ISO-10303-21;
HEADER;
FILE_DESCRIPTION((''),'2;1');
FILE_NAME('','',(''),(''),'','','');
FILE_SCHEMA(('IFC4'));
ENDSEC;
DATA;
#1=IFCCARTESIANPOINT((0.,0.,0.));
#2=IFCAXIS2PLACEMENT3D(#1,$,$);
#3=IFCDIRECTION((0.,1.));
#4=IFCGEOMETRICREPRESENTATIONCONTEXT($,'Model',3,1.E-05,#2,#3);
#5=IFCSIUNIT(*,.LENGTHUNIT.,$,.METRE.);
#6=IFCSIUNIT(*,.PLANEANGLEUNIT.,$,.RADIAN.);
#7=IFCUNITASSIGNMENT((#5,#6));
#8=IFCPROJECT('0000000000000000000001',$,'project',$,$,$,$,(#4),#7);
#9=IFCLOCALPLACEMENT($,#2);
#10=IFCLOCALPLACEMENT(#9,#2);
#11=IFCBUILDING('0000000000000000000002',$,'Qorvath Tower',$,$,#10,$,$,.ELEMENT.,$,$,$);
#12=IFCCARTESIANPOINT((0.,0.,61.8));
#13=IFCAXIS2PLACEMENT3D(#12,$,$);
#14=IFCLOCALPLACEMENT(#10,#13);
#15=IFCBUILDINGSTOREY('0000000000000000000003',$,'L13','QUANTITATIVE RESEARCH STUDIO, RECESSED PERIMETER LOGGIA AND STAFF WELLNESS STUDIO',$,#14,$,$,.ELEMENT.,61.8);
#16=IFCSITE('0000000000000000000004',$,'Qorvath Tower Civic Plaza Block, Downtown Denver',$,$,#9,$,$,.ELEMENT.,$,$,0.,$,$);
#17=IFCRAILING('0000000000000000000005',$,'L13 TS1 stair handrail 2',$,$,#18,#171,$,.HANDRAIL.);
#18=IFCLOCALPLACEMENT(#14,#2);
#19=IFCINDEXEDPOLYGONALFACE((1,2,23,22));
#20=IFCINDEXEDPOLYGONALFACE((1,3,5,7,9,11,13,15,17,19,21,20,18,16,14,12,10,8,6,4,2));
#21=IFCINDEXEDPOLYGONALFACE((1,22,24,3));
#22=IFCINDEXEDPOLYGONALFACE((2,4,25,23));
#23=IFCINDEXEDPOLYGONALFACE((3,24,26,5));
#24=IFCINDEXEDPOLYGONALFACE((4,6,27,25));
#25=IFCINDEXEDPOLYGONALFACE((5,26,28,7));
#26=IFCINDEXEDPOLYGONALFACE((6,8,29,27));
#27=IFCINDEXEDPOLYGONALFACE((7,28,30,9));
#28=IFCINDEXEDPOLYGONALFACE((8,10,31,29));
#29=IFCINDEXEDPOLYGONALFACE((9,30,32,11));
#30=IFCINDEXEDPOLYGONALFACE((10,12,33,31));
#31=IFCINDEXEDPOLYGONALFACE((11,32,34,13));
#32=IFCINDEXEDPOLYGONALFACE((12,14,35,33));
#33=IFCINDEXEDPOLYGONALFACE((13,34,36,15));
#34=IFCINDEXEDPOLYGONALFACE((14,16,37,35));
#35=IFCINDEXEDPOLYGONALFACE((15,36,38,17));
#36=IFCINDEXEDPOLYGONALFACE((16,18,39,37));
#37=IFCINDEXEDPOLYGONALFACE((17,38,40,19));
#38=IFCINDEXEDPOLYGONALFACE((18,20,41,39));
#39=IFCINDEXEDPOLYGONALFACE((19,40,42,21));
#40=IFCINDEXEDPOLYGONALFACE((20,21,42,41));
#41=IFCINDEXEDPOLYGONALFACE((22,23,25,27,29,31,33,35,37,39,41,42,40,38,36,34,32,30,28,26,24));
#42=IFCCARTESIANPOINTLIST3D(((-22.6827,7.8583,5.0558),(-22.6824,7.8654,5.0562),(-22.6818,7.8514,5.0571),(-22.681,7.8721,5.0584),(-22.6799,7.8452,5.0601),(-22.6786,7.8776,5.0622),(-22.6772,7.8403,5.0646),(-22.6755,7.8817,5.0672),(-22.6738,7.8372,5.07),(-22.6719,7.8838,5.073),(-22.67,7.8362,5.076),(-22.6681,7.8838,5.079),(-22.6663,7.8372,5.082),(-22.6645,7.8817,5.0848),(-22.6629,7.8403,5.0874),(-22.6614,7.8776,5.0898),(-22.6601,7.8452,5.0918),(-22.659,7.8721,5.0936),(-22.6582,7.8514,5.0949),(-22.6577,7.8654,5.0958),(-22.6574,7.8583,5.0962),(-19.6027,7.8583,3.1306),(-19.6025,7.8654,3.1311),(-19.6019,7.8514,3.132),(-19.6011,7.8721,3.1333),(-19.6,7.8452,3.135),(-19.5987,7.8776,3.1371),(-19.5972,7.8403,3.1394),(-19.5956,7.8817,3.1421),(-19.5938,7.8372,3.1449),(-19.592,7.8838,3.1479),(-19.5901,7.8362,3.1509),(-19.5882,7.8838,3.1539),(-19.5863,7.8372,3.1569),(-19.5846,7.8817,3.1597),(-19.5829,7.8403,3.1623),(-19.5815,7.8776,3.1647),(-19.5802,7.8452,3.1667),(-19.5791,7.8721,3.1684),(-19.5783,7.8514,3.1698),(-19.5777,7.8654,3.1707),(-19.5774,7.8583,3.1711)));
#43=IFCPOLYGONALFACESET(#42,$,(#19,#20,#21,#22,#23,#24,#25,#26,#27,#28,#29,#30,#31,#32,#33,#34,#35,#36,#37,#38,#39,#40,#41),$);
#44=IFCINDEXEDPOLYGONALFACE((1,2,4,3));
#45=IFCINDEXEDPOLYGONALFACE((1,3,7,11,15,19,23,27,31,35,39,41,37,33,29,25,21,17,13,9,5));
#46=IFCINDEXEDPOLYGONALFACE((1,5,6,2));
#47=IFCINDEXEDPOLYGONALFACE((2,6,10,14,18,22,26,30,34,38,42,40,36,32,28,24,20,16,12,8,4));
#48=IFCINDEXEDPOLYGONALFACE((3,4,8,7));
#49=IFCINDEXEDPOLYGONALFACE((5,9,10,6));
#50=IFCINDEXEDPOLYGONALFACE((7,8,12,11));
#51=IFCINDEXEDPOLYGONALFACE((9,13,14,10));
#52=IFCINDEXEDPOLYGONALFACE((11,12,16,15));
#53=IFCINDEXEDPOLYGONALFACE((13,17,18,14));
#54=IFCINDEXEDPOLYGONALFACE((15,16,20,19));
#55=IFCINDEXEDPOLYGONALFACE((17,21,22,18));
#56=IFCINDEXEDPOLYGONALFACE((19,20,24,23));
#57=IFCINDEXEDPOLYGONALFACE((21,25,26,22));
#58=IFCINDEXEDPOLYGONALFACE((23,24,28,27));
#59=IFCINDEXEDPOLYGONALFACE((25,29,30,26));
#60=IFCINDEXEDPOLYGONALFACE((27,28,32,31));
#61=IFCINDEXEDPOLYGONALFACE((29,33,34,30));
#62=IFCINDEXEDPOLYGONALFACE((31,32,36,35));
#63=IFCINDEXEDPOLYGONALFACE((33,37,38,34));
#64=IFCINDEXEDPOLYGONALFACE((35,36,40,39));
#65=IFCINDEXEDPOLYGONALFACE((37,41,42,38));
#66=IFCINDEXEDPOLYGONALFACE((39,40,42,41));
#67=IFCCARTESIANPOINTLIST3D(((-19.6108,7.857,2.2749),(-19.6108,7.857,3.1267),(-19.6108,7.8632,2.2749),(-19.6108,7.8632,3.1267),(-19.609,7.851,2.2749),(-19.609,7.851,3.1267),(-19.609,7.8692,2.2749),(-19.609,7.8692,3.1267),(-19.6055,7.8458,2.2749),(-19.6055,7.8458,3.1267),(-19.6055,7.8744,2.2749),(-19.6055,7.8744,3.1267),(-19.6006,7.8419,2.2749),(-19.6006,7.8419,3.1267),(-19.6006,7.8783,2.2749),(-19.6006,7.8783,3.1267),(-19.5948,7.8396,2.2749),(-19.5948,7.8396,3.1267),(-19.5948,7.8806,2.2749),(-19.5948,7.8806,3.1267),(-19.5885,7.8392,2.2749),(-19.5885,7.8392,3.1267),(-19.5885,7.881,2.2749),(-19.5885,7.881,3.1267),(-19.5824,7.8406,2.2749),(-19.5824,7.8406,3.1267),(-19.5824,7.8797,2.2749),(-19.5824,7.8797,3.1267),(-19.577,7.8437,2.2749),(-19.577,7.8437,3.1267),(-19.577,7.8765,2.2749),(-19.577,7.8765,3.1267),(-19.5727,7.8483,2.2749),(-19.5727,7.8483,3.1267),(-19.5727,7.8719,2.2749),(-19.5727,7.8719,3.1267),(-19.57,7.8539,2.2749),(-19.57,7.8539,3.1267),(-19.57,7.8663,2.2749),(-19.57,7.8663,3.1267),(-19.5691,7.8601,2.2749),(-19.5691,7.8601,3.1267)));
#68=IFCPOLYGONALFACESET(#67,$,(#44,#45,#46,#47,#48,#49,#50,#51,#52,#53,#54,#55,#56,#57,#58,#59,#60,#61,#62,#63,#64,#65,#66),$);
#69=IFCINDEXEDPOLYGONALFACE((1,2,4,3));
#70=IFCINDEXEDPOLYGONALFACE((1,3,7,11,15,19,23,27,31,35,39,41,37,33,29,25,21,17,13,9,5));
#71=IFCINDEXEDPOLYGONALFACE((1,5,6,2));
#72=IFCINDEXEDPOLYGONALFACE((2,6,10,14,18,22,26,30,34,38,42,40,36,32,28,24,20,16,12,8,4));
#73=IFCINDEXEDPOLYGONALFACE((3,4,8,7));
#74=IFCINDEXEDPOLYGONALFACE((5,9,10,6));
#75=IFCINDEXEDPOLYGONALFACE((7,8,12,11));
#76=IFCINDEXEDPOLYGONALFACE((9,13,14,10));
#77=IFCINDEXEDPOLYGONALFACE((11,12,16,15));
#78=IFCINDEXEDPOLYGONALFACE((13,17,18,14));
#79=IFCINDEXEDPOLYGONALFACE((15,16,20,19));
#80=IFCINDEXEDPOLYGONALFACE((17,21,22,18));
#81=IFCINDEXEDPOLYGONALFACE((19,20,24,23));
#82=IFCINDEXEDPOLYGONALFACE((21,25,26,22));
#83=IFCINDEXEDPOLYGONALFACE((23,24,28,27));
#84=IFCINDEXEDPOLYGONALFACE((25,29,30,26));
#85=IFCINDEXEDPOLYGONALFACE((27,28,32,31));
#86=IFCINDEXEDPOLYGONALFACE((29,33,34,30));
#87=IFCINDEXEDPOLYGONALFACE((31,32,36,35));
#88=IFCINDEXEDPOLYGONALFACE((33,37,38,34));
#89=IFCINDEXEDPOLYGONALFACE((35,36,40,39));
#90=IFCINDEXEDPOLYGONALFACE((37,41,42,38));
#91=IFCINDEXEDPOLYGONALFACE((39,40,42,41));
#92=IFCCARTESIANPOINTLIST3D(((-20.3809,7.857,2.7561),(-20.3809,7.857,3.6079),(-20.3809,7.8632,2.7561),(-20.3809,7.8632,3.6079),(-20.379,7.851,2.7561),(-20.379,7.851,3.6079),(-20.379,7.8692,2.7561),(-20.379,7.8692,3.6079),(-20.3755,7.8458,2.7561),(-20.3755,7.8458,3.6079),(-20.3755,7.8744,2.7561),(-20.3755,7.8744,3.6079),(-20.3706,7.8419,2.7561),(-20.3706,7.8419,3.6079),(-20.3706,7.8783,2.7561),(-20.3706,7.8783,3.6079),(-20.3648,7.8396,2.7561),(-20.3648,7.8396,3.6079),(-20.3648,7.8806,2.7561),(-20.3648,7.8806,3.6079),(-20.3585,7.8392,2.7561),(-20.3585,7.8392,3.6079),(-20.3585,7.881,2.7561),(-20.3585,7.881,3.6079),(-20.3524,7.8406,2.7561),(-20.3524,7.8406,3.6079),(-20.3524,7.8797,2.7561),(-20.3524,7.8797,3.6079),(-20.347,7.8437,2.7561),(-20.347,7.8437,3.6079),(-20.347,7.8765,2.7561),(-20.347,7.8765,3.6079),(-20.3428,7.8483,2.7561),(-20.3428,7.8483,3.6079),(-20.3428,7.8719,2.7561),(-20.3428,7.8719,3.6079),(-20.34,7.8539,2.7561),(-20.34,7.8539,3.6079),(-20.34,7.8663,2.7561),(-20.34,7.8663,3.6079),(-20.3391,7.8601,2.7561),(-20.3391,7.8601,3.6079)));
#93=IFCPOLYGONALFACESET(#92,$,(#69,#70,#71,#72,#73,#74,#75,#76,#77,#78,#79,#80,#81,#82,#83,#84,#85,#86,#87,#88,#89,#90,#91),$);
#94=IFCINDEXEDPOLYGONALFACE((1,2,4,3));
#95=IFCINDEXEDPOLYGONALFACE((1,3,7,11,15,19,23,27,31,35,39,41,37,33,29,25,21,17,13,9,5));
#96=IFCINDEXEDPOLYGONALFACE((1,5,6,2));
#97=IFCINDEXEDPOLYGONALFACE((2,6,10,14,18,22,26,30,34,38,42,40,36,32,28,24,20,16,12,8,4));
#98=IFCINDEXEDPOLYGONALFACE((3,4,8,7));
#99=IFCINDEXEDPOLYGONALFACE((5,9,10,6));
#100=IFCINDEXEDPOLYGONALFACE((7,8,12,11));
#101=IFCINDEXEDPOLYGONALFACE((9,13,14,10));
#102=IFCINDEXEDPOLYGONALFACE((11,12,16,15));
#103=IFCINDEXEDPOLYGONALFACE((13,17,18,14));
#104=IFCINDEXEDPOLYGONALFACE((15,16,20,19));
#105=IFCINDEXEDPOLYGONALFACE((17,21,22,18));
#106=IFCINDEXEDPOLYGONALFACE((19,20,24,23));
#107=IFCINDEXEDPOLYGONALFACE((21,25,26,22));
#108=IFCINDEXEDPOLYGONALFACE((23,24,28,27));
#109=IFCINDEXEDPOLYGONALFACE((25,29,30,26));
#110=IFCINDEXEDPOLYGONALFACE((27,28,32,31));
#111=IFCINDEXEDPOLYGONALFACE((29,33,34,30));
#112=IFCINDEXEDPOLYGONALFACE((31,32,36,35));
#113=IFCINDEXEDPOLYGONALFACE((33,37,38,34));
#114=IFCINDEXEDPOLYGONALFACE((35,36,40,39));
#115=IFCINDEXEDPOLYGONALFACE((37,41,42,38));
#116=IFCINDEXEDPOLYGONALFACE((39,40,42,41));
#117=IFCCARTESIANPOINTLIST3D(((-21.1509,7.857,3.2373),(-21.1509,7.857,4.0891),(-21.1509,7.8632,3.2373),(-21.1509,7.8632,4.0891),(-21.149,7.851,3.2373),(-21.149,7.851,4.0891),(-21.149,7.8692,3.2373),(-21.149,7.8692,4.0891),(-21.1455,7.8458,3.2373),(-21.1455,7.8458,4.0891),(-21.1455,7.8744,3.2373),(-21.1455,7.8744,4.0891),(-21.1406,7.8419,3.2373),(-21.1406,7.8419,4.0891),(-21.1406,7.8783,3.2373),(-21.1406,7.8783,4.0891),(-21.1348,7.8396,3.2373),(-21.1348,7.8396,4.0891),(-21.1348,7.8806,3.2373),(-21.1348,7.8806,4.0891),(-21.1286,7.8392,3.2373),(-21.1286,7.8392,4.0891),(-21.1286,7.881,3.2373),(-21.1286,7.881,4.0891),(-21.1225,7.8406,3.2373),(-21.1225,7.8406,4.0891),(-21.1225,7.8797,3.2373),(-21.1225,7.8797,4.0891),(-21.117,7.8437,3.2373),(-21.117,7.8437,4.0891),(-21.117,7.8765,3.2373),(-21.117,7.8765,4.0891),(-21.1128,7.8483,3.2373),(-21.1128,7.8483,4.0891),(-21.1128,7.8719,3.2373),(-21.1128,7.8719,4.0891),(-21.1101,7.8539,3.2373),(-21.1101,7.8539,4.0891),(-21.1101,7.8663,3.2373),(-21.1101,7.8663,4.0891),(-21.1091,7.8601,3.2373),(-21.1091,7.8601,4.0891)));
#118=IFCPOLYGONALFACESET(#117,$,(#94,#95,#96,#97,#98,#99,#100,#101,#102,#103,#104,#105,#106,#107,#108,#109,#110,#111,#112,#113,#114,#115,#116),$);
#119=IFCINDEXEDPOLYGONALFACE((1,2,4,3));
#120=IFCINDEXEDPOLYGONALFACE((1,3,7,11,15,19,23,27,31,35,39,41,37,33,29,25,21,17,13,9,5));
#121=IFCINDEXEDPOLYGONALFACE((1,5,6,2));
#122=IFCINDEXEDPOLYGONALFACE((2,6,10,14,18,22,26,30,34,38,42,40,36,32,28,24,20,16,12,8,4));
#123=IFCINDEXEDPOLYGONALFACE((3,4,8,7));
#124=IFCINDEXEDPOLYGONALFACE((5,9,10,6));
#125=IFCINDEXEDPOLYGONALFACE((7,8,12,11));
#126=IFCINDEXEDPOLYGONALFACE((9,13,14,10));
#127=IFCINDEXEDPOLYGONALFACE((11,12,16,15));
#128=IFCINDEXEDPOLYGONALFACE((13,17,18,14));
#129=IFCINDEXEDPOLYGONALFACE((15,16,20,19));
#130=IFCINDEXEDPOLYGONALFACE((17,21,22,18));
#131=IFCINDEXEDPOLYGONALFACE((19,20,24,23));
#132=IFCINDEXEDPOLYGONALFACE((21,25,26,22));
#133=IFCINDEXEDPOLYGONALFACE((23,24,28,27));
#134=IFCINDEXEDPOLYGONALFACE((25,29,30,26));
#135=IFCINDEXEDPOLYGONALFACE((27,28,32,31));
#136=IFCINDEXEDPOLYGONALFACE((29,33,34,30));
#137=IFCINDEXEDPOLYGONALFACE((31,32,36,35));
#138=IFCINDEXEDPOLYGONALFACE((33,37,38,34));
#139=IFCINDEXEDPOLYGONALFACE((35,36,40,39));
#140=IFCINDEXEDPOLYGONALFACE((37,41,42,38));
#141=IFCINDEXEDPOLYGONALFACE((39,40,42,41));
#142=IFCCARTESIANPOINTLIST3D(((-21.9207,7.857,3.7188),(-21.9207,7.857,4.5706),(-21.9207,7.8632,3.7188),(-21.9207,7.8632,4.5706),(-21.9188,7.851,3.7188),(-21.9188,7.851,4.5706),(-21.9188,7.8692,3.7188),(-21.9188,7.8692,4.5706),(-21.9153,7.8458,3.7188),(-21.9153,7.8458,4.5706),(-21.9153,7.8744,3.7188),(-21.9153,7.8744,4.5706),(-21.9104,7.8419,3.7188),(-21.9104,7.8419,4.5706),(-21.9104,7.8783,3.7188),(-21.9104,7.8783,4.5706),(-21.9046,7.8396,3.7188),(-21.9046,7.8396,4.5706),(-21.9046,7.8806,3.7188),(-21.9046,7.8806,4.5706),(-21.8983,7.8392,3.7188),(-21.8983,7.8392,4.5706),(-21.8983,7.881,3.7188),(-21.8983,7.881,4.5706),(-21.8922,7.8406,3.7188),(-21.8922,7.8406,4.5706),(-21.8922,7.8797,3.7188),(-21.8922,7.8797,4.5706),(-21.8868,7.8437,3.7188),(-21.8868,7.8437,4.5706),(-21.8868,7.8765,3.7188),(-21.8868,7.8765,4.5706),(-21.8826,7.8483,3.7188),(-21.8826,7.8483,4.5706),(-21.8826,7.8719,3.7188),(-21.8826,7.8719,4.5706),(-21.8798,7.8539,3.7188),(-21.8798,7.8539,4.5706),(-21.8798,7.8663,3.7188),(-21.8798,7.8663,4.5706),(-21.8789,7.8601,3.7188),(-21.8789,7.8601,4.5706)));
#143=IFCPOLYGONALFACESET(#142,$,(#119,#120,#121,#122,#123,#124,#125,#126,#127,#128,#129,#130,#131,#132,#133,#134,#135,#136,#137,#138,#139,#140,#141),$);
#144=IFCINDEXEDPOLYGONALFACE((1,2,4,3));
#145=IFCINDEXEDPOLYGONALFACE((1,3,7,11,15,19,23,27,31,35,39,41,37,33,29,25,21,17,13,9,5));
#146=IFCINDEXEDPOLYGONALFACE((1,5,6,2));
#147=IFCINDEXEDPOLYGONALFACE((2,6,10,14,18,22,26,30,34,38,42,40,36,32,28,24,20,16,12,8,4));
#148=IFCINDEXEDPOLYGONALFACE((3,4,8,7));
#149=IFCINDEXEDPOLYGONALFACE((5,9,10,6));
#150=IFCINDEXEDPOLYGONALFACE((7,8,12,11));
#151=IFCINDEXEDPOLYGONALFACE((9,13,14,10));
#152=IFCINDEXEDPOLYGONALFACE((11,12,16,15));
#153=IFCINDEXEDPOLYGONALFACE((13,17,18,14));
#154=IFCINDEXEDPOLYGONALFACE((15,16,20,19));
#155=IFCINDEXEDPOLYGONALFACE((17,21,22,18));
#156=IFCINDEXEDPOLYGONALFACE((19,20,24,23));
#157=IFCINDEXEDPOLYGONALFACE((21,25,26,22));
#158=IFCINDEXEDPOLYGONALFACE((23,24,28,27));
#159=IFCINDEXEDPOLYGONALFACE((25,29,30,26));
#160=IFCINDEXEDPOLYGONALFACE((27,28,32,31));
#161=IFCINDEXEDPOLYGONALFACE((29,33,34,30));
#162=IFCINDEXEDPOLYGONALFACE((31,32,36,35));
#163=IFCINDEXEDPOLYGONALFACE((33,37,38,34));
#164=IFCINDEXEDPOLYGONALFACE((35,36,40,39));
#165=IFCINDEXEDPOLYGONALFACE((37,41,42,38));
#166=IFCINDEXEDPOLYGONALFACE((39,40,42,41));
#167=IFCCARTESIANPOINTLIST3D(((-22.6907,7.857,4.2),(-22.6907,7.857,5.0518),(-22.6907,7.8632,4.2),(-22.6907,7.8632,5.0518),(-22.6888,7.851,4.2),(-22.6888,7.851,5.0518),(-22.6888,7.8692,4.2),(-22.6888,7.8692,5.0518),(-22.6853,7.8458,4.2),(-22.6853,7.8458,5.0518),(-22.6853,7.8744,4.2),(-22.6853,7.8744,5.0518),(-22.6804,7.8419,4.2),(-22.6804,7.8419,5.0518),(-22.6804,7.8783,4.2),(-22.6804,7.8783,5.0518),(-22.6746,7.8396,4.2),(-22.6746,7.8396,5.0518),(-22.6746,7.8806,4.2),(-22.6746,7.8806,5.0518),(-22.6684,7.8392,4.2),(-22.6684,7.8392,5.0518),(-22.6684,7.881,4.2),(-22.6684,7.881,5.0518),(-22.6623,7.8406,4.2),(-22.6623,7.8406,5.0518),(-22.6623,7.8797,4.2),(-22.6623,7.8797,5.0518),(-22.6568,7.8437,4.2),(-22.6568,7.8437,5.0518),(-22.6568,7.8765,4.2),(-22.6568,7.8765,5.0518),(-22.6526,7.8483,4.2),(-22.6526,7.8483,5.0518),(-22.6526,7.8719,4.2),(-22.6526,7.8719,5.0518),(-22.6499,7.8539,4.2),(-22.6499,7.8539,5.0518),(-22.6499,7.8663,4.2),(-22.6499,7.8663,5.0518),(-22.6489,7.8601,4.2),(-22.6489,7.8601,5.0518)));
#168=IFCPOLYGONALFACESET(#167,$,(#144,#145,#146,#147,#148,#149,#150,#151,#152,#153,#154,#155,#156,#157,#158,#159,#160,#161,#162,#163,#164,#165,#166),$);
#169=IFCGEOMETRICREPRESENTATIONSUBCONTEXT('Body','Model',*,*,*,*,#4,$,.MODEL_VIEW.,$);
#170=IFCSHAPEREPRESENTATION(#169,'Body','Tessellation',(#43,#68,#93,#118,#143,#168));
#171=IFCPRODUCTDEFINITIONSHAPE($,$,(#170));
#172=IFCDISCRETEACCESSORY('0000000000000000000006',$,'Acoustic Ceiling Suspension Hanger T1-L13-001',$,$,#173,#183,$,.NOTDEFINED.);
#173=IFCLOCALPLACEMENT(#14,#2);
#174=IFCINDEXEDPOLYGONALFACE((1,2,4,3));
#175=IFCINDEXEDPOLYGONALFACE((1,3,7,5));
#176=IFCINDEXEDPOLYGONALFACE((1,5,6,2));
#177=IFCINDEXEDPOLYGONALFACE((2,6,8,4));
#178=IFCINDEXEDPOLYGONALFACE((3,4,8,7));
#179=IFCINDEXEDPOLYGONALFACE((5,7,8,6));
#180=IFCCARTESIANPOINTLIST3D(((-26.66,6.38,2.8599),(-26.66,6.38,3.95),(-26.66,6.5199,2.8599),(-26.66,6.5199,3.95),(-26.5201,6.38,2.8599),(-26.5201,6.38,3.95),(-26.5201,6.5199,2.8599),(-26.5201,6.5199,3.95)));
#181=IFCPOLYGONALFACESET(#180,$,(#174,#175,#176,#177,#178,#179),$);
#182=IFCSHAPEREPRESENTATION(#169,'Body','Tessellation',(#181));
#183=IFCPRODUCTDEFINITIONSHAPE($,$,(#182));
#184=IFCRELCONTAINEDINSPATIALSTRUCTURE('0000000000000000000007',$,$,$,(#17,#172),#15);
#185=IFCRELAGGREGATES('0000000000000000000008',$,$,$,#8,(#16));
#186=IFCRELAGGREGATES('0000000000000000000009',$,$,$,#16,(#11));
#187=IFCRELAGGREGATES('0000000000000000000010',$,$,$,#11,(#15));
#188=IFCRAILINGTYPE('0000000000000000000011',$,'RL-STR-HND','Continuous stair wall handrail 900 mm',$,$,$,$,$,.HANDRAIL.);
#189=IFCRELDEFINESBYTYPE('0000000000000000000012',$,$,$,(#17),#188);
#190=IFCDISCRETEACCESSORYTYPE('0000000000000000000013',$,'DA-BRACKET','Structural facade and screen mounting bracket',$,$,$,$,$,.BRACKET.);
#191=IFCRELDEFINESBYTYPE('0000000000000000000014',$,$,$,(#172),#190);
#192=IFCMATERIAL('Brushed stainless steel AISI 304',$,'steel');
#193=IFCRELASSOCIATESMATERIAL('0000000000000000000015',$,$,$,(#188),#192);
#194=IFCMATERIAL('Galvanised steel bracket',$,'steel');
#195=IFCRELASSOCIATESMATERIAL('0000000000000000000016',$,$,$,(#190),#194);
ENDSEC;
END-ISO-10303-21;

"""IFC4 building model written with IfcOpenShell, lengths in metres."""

from ifc_helpers import new_model, si_unit, direction, frame, origin, origin_2d, place, context, subcontext, project, spatial, rectangle, circle, extrude, material, type_object, element, save


model = new_model("IFC4")

# Units and contexts
model_context = context("Model", 3, precision=1e-05, world=origin(), true_north=direction((0.0, 1.0)))
body_context = subcontext(model_context, "Body", "Model", "MODEL_VIEW")
ifc_project = project(units=[si_unit("LENGTHUNIT", "METRE"), si_unit("PLANEANGLEUNIT", "RADIAN")], contexts=[model_context])

# Site, building, storey
site_placement = place(None, origin())
site = spatial("IfcSite", under=ifc_project, at=site_placement, Name="Qorvath Tower Civic Plaza Block, Downtown Denver", CompositionType="ELEMENT", RefElevation=0.0)
building_placement = place(site_placement, origin())
building = spatial("IfcBuilding", under=site, at=building_placement, Name="Qorvath Tower", CompositionType="ELEMENT")
storey_placement = place(building_placement, frame((0.0, 0.0, 61.8)))
storey = spatial("IfcBuildingStorey", under=building, at=storey_placement, Name="L13", Description="QUANTITATIVE RESEARCH STUDIO, RECESSED PERIMETER LOGGIA AND STAFF WELLNESS STUDIO", CompositionType="ELEMENT", Elevation=61.8)

# Railing
ifc_material_1 = material(Name="Brushed stainless steel AISI 304", Category="steel")
railing_type_1 = type_object("IfcRailingType", Name="RL-STR-HND", Description="Continuous stair wall handrail 900 mm", PredefinedType="HANDRAIL", material=ifc_material_1)
railing_1_placement = place(storey_placement, frame((-19.5901, 7.8601, 2.2749)))
element("IfcRailing", 1, at=railing_1_placement, inside=storey, type_object=railing_type_1, Name="L13 TS1 stair handrail 2", PredefinedType="HANDRAIL", context=body_context, shape_type="SweptSolid", body=[
    extrude(circle(Radius=0.0239, at=origin_2d()), frame((0.0, 0.0, 0.876), z_axis=(-0.847979, 0.0, 0.530029), x_axis=(0.0, -1.0, 0.0)), (0.0, 0.0, 1.0), 3.6321),
    extrude(circle(Radius=0.021, at=origin_2d()), origin(), (0.0, 0.0, 1.0), 0.8518),
    extrude(circle(Radius=0.021, at=origin_2d()), frame((-0.77, 0.0, 0.4812)), (0.0, 0.0, 1.0), 0.8518),
    extrude(circle(Radius=0.021, at=origin_2d()), frame((-1.54, 0.0, 0.9624)), (0.0, 0.0, 1.0), 0.8518),
    extrude(circle(Radius=0.021, at=origin_2d()), frame((-2.3098, 0.0, 1.4438)), (0.0, 0.0, 1.0), 0.8518),
    extrude(circle(Radius=0.021, at=origin_2d()), frame((-3.0798, 0.0, 1.925)), (0.0, 0.0, 1.0), 0.8518),
])

# Discrete accessory
ifc_material_2 = material(Name="Galvanised steel bracket", Category="steel")
discrete_accessory_type = type_object("IfcDiscreteAccessoryType", Name="DA-BRACKET", Description="Structural facade and screen mounting bracket", PredefinedType="BRACKET", material=ifc_material_2)
discrete_accessory_placement = place(storey_placement, frame((-26.5901, 6.45, 2.8599), z_axis=(0.0, 0.0, 1.0), x_axis=(1.0, 0.0, 0.0)))
element("IfcDiscreteAccessory", 2, at=discrete_accessory_placement, inside=storey, type_object=discrete_accessory_type, Name="Acoustic Ceiling Suspension Hanger T1-L13-001", PredefinedType="NOTDEFINED", context=body_context, shape_type="SweptSolid", body=[
    extrude(rectangle(XDim=0.1399, YDim=0.1399, at=origin_2d()), origin(), (0.0, 0.0, 1.0), 1.0901),
])

save(model, "model.ifc")
